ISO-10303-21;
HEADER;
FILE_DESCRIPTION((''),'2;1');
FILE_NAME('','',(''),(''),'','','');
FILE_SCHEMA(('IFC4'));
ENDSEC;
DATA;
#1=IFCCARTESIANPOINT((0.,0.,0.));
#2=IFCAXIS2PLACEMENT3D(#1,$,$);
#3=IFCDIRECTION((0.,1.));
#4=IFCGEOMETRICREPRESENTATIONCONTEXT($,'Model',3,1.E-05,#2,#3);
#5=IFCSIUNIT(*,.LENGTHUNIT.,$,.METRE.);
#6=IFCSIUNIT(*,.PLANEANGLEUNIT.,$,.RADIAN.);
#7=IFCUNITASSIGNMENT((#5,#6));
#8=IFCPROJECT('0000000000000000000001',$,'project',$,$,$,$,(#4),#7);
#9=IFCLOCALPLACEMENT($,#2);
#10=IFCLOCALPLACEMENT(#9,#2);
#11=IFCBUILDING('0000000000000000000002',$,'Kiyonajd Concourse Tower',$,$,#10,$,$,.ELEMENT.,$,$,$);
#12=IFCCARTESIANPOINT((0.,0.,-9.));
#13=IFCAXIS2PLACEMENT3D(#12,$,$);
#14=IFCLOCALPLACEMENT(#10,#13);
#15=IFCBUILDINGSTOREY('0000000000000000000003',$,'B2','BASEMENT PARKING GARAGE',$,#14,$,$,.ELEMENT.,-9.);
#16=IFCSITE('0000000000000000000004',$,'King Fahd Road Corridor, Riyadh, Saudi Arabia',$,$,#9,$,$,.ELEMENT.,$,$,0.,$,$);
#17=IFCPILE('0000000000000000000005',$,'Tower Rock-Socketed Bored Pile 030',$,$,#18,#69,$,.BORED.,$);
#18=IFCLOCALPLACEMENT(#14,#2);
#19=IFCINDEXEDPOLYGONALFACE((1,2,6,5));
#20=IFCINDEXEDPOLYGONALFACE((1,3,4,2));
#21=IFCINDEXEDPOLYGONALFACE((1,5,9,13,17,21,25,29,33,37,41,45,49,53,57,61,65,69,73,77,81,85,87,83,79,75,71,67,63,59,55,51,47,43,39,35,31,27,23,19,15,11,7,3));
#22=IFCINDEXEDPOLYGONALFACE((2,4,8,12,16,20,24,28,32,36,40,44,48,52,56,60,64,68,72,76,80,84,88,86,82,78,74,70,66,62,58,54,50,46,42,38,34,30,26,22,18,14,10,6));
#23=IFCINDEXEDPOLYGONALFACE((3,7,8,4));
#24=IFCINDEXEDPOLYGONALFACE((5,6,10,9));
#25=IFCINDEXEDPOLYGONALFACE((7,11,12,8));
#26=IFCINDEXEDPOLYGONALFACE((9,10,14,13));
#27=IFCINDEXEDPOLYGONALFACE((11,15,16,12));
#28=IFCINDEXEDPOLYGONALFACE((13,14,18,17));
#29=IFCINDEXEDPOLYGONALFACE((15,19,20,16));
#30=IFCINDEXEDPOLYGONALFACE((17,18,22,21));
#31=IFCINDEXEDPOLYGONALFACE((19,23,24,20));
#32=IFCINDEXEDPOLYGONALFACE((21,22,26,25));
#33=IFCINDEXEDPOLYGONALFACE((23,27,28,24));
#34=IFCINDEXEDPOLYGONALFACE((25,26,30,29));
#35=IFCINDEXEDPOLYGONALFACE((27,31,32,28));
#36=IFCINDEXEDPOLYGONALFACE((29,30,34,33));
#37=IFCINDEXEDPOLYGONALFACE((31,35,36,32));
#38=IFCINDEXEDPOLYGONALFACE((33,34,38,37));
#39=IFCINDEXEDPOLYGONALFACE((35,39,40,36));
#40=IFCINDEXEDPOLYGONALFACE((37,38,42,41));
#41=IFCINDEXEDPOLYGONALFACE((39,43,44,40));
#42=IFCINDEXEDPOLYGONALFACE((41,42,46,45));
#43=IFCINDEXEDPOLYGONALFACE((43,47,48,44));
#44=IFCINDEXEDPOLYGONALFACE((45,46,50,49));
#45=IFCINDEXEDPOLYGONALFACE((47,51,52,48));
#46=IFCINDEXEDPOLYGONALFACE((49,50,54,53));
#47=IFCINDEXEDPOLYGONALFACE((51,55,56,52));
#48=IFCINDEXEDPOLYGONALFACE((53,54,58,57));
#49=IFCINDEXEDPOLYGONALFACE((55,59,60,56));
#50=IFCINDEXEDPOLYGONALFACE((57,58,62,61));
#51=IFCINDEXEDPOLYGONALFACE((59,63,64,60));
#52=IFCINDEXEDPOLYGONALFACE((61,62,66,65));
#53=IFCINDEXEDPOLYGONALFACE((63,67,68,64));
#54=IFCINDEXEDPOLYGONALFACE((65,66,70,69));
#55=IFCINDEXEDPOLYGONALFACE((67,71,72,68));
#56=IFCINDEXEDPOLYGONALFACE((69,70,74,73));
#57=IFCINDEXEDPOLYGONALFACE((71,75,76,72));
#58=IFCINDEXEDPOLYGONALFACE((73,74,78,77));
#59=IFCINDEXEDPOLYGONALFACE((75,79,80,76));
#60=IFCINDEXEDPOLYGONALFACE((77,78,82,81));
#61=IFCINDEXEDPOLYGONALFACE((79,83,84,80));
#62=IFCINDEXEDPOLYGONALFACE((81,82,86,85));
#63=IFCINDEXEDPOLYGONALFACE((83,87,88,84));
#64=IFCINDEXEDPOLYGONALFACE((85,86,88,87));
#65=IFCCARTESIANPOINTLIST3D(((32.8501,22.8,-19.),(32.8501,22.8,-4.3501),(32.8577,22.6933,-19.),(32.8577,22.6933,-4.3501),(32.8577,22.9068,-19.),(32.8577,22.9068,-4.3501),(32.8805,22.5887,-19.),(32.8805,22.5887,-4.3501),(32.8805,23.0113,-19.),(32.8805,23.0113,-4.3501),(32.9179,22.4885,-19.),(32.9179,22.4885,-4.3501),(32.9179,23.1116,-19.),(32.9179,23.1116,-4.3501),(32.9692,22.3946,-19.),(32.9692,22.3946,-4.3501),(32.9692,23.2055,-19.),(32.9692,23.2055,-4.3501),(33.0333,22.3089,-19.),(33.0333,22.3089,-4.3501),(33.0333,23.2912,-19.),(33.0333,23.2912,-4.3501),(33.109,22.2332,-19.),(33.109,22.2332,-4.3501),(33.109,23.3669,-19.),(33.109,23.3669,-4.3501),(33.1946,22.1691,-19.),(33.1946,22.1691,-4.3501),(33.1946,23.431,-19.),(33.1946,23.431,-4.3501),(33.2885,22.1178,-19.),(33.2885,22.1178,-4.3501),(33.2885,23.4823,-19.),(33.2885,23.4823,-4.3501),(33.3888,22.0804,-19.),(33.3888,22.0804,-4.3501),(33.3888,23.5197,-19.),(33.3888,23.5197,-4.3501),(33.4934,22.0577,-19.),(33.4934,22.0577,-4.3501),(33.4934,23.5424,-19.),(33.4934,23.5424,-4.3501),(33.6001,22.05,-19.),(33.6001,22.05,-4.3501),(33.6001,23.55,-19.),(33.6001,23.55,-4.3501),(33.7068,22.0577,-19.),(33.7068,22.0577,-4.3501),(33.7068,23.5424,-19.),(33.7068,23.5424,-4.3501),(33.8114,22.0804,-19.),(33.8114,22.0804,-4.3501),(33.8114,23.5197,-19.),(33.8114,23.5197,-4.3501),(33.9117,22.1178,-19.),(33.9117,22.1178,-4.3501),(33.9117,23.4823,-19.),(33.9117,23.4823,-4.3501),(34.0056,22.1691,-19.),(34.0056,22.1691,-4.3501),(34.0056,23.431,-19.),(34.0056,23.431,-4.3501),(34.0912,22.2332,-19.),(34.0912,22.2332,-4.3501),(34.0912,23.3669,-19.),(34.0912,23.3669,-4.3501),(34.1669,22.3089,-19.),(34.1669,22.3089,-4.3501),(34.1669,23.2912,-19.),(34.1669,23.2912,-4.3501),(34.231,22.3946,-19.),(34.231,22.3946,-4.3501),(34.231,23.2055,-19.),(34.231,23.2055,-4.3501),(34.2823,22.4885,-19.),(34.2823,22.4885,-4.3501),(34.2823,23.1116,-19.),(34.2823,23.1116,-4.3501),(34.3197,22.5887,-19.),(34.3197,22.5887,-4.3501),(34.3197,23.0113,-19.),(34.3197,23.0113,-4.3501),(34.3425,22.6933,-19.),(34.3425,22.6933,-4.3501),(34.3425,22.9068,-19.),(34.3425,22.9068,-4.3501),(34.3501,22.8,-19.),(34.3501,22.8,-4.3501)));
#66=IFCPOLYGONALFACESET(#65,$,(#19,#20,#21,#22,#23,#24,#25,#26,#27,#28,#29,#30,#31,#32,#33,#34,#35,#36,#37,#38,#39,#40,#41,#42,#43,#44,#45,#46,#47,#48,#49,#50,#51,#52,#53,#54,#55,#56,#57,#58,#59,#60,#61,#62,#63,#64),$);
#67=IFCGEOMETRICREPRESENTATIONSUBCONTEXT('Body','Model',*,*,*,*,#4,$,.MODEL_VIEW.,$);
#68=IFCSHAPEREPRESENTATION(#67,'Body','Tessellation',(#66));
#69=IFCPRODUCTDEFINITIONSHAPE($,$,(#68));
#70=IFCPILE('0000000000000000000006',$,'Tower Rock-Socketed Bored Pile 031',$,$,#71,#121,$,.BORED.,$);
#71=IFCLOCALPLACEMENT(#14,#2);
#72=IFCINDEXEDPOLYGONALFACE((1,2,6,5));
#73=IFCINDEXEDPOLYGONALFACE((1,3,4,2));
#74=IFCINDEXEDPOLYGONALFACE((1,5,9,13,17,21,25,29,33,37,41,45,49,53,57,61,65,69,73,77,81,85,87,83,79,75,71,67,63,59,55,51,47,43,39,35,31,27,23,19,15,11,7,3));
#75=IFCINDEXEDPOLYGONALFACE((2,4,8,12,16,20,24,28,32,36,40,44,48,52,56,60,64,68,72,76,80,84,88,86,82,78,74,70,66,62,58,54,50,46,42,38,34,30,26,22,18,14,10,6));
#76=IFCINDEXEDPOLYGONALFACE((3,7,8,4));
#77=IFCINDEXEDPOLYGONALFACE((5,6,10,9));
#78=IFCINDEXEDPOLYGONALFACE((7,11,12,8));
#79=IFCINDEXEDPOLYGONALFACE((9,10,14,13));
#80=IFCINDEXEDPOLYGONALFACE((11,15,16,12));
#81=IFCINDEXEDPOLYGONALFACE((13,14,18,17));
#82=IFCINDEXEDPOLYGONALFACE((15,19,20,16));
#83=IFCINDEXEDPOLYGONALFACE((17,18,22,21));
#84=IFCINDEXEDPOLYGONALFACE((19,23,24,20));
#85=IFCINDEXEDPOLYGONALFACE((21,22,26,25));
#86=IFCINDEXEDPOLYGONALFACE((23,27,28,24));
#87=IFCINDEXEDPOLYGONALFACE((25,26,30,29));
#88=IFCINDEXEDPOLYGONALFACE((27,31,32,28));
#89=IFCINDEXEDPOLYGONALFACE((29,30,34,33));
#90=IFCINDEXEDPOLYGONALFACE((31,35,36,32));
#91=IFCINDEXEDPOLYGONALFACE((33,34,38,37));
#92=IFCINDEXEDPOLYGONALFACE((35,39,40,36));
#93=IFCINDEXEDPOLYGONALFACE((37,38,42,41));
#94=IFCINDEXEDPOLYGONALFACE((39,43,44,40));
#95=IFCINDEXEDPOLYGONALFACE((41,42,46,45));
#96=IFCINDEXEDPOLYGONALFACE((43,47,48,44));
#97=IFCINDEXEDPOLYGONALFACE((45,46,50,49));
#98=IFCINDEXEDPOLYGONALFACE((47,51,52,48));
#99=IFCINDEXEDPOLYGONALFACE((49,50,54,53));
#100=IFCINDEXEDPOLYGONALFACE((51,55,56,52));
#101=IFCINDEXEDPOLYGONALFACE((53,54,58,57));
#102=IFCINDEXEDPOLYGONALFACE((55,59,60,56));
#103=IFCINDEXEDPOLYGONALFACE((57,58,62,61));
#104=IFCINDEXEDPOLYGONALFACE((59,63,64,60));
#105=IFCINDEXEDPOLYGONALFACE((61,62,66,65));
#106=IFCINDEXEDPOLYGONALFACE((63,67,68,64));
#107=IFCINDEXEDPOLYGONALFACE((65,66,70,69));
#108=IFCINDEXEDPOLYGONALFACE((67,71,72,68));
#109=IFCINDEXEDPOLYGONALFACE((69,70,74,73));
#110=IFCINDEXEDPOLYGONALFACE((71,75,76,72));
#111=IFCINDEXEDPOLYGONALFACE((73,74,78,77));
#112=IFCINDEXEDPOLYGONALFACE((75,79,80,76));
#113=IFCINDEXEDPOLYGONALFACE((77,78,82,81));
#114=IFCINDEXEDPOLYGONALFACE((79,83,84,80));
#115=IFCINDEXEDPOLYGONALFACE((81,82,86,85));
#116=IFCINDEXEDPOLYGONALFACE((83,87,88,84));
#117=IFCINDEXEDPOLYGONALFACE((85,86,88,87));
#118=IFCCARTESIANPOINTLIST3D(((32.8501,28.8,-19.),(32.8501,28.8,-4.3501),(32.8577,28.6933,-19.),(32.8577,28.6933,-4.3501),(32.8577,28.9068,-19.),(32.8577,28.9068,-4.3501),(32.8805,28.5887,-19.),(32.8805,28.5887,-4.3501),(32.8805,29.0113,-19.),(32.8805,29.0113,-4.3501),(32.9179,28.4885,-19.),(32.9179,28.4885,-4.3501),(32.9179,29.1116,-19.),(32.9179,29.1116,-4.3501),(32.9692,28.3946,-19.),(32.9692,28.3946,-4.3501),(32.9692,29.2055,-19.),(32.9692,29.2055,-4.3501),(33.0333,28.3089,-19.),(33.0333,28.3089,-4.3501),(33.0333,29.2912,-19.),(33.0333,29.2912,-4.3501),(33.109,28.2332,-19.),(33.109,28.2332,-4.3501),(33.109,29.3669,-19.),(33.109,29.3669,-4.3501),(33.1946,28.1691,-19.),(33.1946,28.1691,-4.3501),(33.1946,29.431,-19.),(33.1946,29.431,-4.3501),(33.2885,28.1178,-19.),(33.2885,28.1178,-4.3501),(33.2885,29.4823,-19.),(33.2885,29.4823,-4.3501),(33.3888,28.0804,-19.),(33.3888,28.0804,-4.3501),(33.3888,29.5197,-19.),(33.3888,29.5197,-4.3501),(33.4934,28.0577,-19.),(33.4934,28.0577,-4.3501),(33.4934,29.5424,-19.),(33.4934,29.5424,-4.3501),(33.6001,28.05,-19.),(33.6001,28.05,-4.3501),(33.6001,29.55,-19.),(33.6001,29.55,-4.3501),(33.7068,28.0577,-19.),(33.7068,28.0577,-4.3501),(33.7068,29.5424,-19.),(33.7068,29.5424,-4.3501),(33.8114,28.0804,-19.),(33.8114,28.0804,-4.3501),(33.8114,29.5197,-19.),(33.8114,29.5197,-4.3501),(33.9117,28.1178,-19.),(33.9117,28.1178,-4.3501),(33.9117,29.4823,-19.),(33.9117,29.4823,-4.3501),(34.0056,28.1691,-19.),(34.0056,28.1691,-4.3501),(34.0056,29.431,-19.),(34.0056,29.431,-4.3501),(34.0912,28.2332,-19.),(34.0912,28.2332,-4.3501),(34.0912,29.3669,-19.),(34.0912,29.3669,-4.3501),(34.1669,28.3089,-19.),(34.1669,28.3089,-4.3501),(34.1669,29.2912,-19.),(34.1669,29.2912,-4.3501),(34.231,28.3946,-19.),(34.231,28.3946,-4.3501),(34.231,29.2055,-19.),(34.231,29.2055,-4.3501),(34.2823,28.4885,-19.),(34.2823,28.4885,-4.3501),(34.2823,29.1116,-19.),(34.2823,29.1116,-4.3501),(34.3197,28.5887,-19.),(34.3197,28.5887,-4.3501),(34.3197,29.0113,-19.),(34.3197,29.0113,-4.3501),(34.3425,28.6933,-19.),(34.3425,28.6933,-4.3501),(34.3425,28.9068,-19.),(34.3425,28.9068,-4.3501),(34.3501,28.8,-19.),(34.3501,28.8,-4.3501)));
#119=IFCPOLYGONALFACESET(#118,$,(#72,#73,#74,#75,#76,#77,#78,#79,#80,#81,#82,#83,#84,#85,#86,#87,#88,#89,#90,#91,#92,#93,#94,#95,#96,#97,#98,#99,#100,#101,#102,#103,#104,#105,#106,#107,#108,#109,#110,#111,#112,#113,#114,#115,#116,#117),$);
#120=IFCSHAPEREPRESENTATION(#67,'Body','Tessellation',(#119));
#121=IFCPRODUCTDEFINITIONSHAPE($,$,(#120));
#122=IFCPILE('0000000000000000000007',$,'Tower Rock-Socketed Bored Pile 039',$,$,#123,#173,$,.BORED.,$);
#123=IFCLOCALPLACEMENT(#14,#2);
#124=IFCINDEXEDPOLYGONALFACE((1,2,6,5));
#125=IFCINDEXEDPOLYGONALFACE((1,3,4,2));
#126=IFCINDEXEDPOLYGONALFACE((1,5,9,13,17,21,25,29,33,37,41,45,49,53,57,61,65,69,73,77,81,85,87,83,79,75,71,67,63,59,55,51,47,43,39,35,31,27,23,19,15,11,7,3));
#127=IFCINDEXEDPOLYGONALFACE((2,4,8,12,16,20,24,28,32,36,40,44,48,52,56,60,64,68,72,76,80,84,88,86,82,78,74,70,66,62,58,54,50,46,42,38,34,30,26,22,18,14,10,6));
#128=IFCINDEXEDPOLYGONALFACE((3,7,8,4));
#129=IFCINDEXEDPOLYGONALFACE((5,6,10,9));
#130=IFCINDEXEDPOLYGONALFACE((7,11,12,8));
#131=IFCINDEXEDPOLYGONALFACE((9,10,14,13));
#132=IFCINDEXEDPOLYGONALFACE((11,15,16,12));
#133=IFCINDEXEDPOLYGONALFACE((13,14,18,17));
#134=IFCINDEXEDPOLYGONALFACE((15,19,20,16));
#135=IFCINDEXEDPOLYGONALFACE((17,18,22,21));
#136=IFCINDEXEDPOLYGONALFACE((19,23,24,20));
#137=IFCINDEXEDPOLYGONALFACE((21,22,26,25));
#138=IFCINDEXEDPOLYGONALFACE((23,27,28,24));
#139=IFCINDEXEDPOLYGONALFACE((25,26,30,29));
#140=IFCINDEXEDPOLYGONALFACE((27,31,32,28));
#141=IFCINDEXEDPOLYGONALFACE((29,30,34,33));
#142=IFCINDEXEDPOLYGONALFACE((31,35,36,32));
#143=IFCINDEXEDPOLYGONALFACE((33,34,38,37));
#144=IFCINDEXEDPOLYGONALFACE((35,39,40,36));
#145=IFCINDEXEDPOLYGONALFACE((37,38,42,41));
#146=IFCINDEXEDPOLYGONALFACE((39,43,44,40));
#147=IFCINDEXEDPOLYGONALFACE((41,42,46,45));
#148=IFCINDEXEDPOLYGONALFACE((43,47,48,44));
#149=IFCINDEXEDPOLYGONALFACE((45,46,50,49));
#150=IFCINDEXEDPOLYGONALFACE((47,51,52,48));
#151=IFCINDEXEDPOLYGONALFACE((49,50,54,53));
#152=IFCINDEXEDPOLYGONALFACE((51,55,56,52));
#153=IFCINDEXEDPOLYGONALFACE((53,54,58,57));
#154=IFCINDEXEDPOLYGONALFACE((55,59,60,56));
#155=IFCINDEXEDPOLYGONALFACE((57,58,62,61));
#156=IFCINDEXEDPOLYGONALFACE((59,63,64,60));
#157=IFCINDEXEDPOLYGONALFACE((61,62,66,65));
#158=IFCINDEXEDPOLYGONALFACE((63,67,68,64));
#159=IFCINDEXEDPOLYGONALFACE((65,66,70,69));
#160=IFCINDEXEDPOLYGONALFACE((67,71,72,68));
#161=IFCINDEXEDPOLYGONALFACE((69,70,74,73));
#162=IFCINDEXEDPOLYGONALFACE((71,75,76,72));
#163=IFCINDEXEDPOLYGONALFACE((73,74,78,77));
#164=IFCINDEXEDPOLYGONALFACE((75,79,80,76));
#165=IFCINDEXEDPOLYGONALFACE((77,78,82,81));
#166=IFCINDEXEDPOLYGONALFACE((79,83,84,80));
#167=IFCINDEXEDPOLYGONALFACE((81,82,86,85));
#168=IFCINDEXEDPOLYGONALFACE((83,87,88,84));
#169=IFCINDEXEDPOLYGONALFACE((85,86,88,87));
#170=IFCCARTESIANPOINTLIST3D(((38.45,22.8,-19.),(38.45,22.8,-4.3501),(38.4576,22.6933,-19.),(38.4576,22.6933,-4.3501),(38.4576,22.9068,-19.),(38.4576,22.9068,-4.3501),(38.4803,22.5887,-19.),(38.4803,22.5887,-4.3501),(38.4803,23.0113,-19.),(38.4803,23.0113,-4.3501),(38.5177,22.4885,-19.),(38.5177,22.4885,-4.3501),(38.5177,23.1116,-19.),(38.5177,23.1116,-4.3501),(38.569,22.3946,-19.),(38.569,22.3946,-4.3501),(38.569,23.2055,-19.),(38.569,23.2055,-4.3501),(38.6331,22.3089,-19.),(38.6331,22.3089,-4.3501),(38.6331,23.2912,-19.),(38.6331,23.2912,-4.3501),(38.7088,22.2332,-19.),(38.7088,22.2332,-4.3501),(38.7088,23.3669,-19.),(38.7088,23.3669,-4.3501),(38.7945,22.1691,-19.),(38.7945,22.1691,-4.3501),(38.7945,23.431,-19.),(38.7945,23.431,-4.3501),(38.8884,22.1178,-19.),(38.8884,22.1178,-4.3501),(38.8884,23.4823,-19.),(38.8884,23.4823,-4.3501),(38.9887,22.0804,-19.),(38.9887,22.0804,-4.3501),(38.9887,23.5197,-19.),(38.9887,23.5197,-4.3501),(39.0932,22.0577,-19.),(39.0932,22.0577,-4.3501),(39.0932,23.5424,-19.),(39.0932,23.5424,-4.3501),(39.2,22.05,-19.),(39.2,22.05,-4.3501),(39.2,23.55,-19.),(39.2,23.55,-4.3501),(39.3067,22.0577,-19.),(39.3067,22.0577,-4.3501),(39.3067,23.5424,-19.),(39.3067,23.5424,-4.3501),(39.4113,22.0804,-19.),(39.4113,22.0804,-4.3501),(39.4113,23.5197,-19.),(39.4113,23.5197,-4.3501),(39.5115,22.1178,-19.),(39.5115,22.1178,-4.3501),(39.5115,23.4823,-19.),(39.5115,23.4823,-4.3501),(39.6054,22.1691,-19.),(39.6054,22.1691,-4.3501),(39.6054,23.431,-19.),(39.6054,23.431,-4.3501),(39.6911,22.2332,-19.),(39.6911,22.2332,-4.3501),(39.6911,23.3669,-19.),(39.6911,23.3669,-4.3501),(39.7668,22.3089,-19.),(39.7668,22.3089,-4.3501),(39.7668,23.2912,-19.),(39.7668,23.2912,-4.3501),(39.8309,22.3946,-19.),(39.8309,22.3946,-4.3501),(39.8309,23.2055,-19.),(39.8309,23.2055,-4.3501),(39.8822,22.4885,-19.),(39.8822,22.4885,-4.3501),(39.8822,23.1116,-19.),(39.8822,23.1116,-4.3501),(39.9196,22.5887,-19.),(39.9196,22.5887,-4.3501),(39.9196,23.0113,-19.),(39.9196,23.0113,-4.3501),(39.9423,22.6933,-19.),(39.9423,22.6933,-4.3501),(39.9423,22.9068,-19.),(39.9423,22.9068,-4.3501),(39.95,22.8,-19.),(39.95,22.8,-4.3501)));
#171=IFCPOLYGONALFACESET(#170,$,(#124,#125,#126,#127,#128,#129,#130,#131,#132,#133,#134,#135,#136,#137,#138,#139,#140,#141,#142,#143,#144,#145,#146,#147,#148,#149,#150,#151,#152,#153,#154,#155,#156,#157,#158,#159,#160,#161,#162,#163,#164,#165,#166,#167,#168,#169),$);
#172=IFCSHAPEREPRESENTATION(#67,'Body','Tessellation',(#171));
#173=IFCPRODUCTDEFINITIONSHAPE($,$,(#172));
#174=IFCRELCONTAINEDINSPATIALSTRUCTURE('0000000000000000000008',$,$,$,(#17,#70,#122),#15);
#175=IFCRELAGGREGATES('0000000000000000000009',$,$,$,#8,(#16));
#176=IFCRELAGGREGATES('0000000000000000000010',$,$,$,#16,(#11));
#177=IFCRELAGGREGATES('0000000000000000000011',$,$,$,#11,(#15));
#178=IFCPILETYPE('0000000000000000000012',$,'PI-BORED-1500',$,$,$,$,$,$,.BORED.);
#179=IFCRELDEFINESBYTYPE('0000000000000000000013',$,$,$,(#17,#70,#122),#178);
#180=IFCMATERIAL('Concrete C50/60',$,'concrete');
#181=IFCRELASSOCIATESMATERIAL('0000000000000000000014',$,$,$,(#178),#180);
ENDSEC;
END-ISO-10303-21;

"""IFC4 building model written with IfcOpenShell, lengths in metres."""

from ifc_helpers import new_model, si_unit, direction, frame, origin, origin_2d, place, context, subcontext, project, spatial, circle, extrude, material, material_profile, profile_set, type_object, element, save


model = new_model("IFC4")

# Units and contexts
model_context = context("Model", 3, precision=1e-05, world=origin(), true_north=direction((0.0, 1.0)))
body_context = subcontext(model_context, "Body", "Model", "MODEL_VIEW")
ifc_project = project(units=[si_unit("LENGTHUNIT", "METRE"), si_unit("PLANEANGLEUNIT", "RADIAN")], contexts=[model_context])

# Site, building, storey
site_placement = place(None, origin())
site = spatial("IfcSite", under=ifc_project, at=site_placement, Name="King Fahd Road Corridor, Riyadh, Saudi Arabia", CompositionType="ELEMENT", RefElevation=0.0)
building_placement = place(site_placement, origin())
building = spatial("IfcBuilding", under=site, at=building_placement, Name="Kiyonajd Concourse Tower", CompositionType="ELEMENT")
storey_placement = place(building_placement, frame((0.0, 0.0, -9.0)))
storey = spatial("IfcBuildingStorey", under=building, at=storey_placement, Name="B2", Description="BASEMENT PARKING GARAGE", CompositionType="ELEMENT", Elevation=-9.0)

# Piles
ifc_material_1 = material(Name="Concrete C50/60", Category="concrete")
ifc_material_profile_1 = material_profile(ifc_material_1, circle(Radius=0.75, at=origin_2d()), Name="PILE-D1500")
ifc_profile_set_1 = profile_set([ifc_material_profile_1], Name="Concrete C50/60")
pile_type = type_object("IfcPileType", Name="PI-BORED-1500", PredefinedType="BORED", material=ifc_profile_set_1)
for number, where, z_axis, x_axis, name in (
    (1, (33.6001, 22.8, -4.3501), (0.0, 0.0, -1.0), (1.0, 0.0, 0.0), "Tower Rock-Socketed Bored Pile 030"),
    (2, (33.6001, 28.8, -4.3501), (0.0, 0.0, -1.0), (1.0, 0.0, 0.0), "Tower Rock-Socketed Bored Pile 031"),
    (3, (39.2, 22.8, -4.3501), (0.0, 0.0, -1.0), (1.0, 0.0, 0.0), "Tower Rock-Socketed Bored Pile 039"),
):
    element("IfcPile", number, at=place(storey_placement, frame(where, z_axis=z_axis, x_axis=x_axis)), inside=storey, type_object=pile_type, Name=name, PredefinedType="BORED", context=body_context, shape_type="SweptSolid", body=[
        extrude(circle(Radius=0.75, at=origin_2d()), origin(), (0.0, 0.0, 1.0), 14.6499),
    ])

save(model, "model.ifc")
